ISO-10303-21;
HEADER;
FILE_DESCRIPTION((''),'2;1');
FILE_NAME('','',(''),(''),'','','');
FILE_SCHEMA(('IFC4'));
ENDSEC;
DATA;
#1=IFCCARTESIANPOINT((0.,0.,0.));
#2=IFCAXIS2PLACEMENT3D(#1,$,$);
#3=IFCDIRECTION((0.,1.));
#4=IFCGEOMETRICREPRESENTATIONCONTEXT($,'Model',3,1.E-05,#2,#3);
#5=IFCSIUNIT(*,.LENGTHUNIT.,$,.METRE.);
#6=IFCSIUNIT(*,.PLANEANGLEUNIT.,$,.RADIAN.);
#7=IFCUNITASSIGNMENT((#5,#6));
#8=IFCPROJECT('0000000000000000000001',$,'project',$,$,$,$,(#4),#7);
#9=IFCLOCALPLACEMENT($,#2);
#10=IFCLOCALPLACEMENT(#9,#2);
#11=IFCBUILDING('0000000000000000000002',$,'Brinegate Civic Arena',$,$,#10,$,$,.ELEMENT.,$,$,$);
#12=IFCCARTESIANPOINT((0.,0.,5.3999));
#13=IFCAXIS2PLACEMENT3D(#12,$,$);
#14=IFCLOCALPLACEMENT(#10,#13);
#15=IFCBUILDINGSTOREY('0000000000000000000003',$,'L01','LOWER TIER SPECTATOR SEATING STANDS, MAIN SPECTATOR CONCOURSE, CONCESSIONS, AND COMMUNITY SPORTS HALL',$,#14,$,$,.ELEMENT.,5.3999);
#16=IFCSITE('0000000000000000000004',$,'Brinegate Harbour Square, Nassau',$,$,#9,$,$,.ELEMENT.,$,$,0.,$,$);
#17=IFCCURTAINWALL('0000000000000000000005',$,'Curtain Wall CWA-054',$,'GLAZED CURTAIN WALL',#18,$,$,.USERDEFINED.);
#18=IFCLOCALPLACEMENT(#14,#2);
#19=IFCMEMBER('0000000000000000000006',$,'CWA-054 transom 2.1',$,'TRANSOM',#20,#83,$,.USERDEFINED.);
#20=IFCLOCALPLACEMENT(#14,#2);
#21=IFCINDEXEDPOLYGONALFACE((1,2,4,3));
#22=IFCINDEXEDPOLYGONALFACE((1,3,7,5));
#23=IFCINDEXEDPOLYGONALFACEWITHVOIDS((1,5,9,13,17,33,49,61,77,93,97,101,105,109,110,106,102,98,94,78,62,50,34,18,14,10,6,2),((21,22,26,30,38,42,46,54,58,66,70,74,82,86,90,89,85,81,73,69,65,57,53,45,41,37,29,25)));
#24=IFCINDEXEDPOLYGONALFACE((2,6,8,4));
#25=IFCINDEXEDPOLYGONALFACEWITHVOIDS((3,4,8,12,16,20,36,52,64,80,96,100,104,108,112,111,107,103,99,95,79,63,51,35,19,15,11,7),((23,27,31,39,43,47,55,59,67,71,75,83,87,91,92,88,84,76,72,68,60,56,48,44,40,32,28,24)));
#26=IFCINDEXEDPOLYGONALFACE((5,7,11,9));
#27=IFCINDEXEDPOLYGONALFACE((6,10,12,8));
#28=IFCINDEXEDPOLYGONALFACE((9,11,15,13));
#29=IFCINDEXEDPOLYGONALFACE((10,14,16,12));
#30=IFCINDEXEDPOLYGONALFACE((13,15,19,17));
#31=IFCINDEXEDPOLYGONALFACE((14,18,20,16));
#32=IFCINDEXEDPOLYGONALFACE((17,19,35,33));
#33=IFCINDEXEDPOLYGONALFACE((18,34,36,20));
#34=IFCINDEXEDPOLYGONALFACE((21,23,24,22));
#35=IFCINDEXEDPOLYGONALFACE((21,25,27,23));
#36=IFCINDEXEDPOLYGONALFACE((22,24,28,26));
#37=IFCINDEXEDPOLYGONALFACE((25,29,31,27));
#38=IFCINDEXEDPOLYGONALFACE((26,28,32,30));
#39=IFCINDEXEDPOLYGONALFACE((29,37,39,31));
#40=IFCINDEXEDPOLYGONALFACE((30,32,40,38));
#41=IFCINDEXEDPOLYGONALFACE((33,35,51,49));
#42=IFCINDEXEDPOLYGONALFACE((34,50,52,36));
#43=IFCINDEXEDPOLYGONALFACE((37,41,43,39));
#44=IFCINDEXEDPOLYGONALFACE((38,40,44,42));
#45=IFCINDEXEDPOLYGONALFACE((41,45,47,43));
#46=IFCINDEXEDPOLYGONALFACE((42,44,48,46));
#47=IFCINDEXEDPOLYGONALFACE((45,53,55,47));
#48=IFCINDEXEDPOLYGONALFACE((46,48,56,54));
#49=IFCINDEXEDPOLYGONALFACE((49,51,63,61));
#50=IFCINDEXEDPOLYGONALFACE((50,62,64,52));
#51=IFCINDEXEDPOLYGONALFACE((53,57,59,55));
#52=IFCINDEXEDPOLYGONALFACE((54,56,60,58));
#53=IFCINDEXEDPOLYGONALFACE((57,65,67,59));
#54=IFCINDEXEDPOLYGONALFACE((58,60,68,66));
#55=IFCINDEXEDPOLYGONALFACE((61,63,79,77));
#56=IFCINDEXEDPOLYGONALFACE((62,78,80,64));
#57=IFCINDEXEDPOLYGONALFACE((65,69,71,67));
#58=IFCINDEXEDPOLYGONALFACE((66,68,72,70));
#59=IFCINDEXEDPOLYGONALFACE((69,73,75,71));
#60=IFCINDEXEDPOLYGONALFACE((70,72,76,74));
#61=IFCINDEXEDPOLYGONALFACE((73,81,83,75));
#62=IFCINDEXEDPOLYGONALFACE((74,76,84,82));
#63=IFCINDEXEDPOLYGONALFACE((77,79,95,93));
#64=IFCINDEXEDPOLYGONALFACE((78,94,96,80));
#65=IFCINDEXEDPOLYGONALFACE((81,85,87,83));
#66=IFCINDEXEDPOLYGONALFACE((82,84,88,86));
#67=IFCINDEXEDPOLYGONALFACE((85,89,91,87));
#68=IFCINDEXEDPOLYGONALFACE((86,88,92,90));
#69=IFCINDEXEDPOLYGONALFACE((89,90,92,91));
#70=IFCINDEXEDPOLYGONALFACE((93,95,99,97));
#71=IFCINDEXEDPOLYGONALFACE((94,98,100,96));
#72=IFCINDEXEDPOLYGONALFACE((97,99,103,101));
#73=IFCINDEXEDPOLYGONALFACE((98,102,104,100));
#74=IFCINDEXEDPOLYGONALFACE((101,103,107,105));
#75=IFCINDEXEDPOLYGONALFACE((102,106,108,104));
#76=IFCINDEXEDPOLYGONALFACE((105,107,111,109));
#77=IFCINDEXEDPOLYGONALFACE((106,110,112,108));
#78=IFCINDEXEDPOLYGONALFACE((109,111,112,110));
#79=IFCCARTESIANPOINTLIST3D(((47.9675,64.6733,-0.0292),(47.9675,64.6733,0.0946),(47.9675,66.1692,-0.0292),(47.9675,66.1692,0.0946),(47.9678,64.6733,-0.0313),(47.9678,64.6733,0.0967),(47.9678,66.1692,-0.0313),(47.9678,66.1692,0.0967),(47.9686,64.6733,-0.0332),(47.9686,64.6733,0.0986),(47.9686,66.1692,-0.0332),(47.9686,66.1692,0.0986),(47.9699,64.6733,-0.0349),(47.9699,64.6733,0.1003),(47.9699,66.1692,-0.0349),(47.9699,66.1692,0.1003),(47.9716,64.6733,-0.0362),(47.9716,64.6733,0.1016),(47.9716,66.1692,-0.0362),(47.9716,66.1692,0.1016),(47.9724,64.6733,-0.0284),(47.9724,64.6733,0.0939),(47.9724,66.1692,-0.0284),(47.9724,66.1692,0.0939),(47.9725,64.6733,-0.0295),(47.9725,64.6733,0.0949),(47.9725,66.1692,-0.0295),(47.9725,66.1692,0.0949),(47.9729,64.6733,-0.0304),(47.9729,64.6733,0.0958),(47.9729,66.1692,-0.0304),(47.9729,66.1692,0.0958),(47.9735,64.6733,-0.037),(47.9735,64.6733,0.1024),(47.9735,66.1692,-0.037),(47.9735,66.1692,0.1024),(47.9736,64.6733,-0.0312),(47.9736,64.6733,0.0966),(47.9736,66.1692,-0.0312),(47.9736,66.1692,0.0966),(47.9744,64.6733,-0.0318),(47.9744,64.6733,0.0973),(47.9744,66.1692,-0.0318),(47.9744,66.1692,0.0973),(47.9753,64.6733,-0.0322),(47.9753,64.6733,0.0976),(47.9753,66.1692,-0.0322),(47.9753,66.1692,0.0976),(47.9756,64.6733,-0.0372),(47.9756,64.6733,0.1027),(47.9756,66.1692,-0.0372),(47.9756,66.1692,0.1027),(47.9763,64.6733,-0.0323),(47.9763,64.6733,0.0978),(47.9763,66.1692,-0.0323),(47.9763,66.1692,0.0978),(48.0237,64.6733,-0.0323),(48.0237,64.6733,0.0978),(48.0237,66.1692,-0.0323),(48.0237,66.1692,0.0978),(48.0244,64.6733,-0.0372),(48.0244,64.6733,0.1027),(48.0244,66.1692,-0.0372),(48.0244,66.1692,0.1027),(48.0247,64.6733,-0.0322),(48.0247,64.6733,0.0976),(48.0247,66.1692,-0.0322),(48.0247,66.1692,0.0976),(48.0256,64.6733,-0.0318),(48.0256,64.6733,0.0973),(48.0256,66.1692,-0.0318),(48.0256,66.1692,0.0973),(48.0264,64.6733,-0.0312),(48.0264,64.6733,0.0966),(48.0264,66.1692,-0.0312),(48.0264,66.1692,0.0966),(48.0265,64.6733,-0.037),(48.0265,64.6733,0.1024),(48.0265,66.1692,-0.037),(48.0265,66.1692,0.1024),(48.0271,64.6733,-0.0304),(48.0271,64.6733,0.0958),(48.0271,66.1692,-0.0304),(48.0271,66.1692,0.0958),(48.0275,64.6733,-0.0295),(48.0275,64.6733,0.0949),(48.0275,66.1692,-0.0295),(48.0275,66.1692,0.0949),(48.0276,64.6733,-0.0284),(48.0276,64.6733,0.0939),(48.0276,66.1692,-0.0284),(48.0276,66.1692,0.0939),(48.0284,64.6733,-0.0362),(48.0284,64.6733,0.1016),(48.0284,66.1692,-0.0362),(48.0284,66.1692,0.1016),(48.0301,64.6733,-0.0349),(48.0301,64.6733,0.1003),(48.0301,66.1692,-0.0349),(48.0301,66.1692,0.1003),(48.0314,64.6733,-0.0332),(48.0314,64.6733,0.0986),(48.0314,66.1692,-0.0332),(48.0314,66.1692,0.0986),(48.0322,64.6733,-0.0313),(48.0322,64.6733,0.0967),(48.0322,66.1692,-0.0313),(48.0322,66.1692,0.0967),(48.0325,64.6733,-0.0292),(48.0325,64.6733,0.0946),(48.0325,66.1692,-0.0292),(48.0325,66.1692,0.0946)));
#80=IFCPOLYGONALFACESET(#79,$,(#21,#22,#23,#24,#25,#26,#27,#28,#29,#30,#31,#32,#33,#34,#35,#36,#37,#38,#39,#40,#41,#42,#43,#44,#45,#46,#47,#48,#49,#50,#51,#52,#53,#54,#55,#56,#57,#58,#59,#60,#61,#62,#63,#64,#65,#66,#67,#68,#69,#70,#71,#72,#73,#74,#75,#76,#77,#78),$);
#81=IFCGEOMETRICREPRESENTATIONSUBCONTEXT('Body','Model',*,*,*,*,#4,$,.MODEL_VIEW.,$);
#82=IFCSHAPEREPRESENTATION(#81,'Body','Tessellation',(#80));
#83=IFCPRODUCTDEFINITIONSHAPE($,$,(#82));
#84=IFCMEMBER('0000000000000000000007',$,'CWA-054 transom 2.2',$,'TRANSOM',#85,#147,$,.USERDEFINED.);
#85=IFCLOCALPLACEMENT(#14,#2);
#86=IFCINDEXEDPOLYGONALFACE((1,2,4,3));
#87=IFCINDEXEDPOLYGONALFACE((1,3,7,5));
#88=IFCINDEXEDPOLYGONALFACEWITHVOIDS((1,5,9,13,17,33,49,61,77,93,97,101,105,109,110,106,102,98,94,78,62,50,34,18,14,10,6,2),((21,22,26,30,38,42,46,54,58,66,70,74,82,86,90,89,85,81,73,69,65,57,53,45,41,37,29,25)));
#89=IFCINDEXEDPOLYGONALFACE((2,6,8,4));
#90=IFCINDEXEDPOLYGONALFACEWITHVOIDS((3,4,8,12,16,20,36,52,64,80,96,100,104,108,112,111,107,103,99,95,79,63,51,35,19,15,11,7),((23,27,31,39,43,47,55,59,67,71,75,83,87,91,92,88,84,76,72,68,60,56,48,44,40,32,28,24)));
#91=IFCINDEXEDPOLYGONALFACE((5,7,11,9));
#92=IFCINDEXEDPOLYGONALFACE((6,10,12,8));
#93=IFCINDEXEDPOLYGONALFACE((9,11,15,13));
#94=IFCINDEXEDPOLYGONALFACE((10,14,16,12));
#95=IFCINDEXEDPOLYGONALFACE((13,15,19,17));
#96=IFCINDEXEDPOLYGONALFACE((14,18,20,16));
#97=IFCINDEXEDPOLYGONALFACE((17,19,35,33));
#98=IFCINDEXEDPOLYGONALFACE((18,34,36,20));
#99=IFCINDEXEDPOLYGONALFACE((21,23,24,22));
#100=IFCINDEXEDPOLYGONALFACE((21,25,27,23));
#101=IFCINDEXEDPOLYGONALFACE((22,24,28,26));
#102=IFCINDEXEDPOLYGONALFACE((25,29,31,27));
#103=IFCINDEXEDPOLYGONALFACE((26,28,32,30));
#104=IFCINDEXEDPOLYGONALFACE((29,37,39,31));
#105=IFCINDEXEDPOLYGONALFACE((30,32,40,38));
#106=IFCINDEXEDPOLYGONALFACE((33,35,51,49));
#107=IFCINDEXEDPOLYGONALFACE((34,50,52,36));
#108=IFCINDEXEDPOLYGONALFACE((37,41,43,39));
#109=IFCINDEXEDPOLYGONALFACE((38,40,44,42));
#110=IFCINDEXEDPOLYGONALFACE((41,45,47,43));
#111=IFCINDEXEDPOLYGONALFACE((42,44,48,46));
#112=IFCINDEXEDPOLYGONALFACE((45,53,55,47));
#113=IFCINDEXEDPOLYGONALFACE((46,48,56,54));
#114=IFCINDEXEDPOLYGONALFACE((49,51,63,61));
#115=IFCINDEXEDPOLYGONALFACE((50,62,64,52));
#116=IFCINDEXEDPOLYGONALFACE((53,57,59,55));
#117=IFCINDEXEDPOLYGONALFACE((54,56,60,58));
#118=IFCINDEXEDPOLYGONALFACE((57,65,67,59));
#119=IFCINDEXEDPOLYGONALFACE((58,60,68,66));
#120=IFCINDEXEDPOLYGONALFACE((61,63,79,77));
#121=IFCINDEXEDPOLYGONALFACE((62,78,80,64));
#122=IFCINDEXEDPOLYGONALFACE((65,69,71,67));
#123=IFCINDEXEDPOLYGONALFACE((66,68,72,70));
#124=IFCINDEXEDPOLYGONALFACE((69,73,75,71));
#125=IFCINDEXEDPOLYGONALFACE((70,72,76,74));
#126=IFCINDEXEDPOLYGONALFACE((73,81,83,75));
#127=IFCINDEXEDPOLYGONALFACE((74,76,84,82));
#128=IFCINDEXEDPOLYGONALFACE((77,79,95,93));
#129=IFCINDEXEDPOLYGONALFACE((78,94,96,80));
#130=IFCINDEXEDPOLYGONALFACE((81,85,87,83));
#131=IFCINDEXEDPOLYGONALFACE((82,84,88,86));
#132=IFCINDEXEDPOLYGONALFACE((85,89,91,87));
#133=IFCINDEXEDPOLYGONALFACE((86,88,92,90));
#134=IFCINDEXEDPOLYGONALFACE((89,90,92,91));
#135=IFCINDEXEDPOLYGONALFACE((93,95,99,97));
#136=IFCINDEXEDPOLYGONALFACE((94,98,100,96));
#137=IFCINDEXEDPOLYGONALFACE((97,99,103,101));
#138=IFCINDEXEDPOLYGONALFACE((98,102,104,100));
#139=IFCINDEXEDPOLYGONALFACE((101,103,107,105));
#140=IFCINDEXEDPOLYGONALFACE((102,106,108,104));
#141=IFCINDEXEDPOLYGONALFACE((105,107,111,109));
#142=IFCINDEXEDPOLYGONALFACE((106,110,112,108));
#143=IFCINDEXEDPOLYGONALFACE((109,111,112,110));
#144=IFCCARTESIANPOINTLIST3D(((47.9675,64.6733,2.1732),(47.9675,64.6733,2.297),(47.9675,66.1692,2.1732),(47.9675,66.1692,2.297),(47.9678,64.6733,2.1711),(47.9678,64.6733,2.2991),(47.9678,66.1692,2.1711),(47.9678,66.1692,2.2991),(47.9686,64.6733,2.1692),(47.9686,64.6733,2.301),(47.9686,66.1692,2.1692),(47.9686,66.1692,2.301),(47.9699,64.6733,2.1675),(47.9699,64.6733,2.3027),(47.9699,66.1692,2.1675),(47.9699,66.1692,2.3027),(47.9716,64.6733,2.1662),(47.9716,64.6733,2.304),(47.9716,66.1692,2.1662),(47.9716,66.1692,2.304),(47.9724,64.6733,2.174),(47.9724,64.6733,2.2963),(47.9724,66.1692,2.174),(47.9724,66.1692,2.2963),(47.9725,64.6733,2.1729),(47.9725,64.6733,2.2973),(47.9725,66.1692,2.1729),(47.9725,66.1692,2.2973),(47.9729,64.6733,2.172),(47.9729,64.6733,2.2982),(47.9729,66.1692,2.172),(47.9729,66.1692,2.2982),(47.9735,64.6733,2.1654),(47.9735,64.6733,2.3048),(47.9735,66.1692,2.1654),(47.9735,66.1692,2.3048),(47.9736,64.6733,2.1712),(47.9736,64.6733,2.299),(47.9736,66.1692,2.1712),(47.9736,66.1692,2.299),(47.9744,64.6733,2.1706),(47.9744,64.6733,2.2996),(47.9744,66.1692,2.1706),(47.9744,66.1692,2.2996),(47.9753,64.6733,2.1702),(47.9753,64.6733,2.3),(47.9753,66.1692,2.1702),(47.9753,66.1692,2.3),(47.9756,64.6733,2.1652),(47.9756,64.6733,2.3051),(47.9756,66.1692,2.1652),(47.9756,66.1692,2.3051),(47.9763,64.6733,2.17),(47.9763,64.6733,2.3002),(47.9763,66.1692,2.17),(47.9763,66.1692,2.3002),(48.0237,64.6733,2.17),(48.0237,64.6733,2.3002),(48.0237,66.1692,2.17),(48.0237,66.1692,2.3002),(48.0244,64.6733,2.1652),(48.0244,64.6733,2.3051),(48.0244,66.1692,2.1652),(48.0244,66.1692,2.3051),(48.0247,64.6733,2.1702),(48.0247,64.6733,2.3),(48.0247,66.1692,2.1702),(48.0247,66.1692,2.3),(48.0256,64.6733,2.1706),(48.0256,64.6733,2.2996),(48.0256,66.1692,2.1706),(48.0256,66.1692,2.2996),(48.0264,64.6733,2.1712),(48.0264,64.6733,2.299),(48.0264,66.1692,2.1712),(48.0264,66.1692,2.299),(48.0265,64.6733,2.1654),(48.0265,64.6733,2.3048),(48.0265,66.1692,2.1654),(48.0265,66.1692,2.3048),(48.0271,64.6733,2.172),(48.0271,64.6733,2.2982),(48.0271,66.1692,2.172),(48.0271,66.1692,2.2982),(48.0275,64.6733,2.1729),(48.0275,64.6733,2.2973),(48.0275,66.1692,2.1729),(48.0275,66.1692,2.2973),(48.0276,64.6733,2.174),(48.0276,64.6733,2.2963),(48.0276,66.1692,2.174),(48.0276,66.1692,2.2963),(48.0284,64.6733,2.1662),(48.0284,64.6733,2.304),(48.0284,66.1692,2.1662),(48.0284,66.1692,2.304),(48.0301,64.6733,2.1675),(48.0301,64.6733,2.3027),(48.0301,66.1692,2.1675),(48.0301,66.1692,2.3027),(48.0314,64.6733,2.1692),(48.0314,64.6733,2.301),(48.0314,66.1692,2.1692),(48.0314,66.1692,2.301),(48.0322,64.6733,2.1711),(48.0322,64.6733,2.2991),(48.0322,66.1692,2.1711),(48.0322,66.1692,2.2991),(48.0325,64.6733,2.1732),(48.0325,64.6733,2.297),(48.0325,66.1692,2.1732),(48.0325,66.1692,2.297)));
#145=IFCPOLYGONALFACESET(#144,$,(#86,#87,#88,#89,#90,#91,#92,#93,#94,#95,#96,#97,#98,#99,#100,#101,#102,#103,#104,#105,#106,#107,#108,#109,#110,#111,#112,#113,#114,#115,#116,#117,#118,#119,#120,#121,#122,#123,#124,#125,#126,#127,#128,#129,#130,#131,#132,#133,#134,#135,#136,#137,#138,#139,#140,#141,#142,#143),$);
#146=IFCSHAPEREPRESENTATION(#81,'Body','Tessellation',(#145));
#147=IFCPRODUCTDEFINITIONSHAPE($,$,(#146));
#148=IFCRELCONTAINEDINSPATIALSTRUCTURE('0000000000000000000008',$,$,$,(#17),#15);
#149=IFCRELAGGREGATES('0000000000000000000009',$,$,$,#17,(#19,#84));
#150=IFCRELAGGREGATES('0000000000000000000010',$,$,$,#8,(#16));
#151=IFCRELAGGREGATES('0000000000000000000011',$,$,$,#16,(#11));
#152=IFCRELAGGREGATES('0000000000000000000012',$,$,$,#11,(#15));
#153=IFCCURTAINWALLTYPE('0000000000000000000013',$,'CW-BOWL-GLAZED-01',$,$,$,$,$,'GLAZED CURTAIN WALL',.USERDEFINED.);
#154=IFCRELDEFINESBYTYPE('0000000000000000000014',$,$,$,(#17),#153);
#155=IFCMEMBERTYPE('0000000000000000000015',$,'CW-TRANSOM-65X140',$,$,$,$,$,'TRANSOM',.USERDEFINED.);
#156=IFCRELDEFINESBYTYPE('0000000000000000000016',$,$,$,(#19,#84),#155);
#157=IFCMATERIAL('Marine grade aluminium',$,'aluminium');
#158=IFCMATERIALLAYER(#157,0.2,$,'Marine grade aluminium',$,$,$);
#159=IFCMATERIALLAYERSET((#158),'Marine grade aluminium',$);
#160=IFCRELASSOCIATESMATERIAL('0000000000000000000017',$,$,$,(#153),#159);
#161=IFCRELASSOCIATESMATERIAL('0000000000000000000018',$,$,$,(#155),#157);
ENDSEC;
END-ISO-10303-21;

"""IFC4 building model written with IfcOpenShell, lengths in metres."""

from ifc_helpers import new_model, si_unit, direction, frame, origin, origin_2d, place, context, subcontext, project, spatial, hollow_rectangle, extrude, material, layer, layer_set, material_profile, profile_set, type_object, element, aggregate, save


model = new_model("IFC4")

# Units and contexts
model_context = context("Model", 3, precision=1e-05, world=origin(), true_north=direction((0.0, 1.0)))
body_context = subcontext(model_context, "Body", "Model", "MODEL_VIEW")
ifc_project = project(units=[si_unit("LENGTHUNIT", "METRE"), si_unit("PLANEANGLEUNIT", "RADIAN")], contexts=[model_context])

# Site, building, storey
site_placement = place(None, origin())
site = spatial("IfcSite", under=ifc_project, at=site_placement, Name="Brinegate Harbour Square, Nassau", CompositionType="ELEMENT", RefElevation=0.0)
building_placement = place(site_placement, origin())
building = spatial("IfcBuilding", under=site, at=building_placement, Name="Brinegate Civic Arena", CompositionType="ELEMENT")
storey_placement = place(building_placement, frame((0.0, 0.0, 5.3999)))
storey = spatial("IfcBuildingStorey", under=building, at=storey_placement, Name="L01", Description="LOWER TIER SPECTATOR SEATING STANDS, MAIN SPECTATOR CONCOURSE, CONCESSIONS, AND COMMUNITY SPORTS HALL", CompositionType="ELEMENT", Elevation=5.3999)

# Curtain wall, members
ifc_material_1 = material(Name="Marine grade aluminium", Category="aluminium")
ifc_layer_1 = layer(ifc_material_1, 0.2, Name="Marine grade aluminium")
ifc_layer_set_1 = layer_set([ifc_layer_1], Name="Marine grade aluminium")
curtain_wall_type = type_object("IfcCurtainWallType", Name="CW-BOWL-GLAZED-01", ElementType="GLAZED CURTAIN WALL", PredefinedType="USERDEFINED", material=ifc_layer_set_1)
curtain_wall_placement = place(storey_placement, origin())
curtain_wall = element("IfcCurtainWall", 1, at=curtain_wall_placement, inside=storey, type_object=curtain_wall_type, Name="Curtain Wall CWA-054", ObjectType="GLAZED CURTAIN WALL", PredefinedType="USERDEFINED")
ifc_material_profile_1 = material_profile(ifc_material_1, hollow_rectangle(XDim=0.0649, YDim=0.1399, WallThickness=0.0049, InnerFilletRadius=0.0039, OuterFilletRadius=0.0081, at=origin_2d()), Name="TRN65X140")
ifc_profile_set_1 = profile_set([ifc_material_profile_1], Name="Marine grade aluminium")
member_type_1 = type_object("IfcMemberType", Name="CW-TRANSOM-65X140", ElementType="TRANSOM", PredefinedType="USERDEFINED", material=ifc_profile_set_1)
member_1_placement = place(storey_placement, frame((48.0, 64.6733, 0.0327), z_axis=(0.0, 1.0, 0.0), x_axis=(-1.0, 0.0, 0.0)))
member_1 = element("IfcMember", 2, at=member_1_placement, type_object=member_type_1, Name="CWA-054 transom 2.1", ObjectType="TRANSOM", PredefinedType="USERDEFINED", context=body_context, shape_type="SweptSolid", body=[
    extrude(hollow_rectangle(XDim=0.0649, YDim=0.1399, WallThickness=0.0049, InnerFilletRadius=0.0039, OuterFilletRadius=0.0081, at=origin_2d()), origin(), (0.0, 0.0, 1.0), 1.4958),
])
member_2_placement = place(storey_placement, frame((48.0, 64.6733, 2.2351), z_axis=(0.0, 1.0, 0.0), x_axis=(-1.0, 0.0, 0.0)))
member_2 = element("IfcMember", 3, at=member_2_placement, type_object=member_type_1, Name="CWA-054 transom 2.2", ObjectType="TRANSOM", PredefinedType="USERDEFINED", context=body_context, shape_type="SweptSolid", body=[
    extrude(hollow_rectangle(XDim=0.0649, YDim=0.1399, WallThickness=0.0049, InnerFilletRadius=0.0039, OuterFilletRadius=0.0081, at=origin_2d()), origin(), (0.0, 0.0, 1.0), 1.4958),
])
aggregate(curtain_wall, [member_1, member_2])

save(model, "model.ifc")
